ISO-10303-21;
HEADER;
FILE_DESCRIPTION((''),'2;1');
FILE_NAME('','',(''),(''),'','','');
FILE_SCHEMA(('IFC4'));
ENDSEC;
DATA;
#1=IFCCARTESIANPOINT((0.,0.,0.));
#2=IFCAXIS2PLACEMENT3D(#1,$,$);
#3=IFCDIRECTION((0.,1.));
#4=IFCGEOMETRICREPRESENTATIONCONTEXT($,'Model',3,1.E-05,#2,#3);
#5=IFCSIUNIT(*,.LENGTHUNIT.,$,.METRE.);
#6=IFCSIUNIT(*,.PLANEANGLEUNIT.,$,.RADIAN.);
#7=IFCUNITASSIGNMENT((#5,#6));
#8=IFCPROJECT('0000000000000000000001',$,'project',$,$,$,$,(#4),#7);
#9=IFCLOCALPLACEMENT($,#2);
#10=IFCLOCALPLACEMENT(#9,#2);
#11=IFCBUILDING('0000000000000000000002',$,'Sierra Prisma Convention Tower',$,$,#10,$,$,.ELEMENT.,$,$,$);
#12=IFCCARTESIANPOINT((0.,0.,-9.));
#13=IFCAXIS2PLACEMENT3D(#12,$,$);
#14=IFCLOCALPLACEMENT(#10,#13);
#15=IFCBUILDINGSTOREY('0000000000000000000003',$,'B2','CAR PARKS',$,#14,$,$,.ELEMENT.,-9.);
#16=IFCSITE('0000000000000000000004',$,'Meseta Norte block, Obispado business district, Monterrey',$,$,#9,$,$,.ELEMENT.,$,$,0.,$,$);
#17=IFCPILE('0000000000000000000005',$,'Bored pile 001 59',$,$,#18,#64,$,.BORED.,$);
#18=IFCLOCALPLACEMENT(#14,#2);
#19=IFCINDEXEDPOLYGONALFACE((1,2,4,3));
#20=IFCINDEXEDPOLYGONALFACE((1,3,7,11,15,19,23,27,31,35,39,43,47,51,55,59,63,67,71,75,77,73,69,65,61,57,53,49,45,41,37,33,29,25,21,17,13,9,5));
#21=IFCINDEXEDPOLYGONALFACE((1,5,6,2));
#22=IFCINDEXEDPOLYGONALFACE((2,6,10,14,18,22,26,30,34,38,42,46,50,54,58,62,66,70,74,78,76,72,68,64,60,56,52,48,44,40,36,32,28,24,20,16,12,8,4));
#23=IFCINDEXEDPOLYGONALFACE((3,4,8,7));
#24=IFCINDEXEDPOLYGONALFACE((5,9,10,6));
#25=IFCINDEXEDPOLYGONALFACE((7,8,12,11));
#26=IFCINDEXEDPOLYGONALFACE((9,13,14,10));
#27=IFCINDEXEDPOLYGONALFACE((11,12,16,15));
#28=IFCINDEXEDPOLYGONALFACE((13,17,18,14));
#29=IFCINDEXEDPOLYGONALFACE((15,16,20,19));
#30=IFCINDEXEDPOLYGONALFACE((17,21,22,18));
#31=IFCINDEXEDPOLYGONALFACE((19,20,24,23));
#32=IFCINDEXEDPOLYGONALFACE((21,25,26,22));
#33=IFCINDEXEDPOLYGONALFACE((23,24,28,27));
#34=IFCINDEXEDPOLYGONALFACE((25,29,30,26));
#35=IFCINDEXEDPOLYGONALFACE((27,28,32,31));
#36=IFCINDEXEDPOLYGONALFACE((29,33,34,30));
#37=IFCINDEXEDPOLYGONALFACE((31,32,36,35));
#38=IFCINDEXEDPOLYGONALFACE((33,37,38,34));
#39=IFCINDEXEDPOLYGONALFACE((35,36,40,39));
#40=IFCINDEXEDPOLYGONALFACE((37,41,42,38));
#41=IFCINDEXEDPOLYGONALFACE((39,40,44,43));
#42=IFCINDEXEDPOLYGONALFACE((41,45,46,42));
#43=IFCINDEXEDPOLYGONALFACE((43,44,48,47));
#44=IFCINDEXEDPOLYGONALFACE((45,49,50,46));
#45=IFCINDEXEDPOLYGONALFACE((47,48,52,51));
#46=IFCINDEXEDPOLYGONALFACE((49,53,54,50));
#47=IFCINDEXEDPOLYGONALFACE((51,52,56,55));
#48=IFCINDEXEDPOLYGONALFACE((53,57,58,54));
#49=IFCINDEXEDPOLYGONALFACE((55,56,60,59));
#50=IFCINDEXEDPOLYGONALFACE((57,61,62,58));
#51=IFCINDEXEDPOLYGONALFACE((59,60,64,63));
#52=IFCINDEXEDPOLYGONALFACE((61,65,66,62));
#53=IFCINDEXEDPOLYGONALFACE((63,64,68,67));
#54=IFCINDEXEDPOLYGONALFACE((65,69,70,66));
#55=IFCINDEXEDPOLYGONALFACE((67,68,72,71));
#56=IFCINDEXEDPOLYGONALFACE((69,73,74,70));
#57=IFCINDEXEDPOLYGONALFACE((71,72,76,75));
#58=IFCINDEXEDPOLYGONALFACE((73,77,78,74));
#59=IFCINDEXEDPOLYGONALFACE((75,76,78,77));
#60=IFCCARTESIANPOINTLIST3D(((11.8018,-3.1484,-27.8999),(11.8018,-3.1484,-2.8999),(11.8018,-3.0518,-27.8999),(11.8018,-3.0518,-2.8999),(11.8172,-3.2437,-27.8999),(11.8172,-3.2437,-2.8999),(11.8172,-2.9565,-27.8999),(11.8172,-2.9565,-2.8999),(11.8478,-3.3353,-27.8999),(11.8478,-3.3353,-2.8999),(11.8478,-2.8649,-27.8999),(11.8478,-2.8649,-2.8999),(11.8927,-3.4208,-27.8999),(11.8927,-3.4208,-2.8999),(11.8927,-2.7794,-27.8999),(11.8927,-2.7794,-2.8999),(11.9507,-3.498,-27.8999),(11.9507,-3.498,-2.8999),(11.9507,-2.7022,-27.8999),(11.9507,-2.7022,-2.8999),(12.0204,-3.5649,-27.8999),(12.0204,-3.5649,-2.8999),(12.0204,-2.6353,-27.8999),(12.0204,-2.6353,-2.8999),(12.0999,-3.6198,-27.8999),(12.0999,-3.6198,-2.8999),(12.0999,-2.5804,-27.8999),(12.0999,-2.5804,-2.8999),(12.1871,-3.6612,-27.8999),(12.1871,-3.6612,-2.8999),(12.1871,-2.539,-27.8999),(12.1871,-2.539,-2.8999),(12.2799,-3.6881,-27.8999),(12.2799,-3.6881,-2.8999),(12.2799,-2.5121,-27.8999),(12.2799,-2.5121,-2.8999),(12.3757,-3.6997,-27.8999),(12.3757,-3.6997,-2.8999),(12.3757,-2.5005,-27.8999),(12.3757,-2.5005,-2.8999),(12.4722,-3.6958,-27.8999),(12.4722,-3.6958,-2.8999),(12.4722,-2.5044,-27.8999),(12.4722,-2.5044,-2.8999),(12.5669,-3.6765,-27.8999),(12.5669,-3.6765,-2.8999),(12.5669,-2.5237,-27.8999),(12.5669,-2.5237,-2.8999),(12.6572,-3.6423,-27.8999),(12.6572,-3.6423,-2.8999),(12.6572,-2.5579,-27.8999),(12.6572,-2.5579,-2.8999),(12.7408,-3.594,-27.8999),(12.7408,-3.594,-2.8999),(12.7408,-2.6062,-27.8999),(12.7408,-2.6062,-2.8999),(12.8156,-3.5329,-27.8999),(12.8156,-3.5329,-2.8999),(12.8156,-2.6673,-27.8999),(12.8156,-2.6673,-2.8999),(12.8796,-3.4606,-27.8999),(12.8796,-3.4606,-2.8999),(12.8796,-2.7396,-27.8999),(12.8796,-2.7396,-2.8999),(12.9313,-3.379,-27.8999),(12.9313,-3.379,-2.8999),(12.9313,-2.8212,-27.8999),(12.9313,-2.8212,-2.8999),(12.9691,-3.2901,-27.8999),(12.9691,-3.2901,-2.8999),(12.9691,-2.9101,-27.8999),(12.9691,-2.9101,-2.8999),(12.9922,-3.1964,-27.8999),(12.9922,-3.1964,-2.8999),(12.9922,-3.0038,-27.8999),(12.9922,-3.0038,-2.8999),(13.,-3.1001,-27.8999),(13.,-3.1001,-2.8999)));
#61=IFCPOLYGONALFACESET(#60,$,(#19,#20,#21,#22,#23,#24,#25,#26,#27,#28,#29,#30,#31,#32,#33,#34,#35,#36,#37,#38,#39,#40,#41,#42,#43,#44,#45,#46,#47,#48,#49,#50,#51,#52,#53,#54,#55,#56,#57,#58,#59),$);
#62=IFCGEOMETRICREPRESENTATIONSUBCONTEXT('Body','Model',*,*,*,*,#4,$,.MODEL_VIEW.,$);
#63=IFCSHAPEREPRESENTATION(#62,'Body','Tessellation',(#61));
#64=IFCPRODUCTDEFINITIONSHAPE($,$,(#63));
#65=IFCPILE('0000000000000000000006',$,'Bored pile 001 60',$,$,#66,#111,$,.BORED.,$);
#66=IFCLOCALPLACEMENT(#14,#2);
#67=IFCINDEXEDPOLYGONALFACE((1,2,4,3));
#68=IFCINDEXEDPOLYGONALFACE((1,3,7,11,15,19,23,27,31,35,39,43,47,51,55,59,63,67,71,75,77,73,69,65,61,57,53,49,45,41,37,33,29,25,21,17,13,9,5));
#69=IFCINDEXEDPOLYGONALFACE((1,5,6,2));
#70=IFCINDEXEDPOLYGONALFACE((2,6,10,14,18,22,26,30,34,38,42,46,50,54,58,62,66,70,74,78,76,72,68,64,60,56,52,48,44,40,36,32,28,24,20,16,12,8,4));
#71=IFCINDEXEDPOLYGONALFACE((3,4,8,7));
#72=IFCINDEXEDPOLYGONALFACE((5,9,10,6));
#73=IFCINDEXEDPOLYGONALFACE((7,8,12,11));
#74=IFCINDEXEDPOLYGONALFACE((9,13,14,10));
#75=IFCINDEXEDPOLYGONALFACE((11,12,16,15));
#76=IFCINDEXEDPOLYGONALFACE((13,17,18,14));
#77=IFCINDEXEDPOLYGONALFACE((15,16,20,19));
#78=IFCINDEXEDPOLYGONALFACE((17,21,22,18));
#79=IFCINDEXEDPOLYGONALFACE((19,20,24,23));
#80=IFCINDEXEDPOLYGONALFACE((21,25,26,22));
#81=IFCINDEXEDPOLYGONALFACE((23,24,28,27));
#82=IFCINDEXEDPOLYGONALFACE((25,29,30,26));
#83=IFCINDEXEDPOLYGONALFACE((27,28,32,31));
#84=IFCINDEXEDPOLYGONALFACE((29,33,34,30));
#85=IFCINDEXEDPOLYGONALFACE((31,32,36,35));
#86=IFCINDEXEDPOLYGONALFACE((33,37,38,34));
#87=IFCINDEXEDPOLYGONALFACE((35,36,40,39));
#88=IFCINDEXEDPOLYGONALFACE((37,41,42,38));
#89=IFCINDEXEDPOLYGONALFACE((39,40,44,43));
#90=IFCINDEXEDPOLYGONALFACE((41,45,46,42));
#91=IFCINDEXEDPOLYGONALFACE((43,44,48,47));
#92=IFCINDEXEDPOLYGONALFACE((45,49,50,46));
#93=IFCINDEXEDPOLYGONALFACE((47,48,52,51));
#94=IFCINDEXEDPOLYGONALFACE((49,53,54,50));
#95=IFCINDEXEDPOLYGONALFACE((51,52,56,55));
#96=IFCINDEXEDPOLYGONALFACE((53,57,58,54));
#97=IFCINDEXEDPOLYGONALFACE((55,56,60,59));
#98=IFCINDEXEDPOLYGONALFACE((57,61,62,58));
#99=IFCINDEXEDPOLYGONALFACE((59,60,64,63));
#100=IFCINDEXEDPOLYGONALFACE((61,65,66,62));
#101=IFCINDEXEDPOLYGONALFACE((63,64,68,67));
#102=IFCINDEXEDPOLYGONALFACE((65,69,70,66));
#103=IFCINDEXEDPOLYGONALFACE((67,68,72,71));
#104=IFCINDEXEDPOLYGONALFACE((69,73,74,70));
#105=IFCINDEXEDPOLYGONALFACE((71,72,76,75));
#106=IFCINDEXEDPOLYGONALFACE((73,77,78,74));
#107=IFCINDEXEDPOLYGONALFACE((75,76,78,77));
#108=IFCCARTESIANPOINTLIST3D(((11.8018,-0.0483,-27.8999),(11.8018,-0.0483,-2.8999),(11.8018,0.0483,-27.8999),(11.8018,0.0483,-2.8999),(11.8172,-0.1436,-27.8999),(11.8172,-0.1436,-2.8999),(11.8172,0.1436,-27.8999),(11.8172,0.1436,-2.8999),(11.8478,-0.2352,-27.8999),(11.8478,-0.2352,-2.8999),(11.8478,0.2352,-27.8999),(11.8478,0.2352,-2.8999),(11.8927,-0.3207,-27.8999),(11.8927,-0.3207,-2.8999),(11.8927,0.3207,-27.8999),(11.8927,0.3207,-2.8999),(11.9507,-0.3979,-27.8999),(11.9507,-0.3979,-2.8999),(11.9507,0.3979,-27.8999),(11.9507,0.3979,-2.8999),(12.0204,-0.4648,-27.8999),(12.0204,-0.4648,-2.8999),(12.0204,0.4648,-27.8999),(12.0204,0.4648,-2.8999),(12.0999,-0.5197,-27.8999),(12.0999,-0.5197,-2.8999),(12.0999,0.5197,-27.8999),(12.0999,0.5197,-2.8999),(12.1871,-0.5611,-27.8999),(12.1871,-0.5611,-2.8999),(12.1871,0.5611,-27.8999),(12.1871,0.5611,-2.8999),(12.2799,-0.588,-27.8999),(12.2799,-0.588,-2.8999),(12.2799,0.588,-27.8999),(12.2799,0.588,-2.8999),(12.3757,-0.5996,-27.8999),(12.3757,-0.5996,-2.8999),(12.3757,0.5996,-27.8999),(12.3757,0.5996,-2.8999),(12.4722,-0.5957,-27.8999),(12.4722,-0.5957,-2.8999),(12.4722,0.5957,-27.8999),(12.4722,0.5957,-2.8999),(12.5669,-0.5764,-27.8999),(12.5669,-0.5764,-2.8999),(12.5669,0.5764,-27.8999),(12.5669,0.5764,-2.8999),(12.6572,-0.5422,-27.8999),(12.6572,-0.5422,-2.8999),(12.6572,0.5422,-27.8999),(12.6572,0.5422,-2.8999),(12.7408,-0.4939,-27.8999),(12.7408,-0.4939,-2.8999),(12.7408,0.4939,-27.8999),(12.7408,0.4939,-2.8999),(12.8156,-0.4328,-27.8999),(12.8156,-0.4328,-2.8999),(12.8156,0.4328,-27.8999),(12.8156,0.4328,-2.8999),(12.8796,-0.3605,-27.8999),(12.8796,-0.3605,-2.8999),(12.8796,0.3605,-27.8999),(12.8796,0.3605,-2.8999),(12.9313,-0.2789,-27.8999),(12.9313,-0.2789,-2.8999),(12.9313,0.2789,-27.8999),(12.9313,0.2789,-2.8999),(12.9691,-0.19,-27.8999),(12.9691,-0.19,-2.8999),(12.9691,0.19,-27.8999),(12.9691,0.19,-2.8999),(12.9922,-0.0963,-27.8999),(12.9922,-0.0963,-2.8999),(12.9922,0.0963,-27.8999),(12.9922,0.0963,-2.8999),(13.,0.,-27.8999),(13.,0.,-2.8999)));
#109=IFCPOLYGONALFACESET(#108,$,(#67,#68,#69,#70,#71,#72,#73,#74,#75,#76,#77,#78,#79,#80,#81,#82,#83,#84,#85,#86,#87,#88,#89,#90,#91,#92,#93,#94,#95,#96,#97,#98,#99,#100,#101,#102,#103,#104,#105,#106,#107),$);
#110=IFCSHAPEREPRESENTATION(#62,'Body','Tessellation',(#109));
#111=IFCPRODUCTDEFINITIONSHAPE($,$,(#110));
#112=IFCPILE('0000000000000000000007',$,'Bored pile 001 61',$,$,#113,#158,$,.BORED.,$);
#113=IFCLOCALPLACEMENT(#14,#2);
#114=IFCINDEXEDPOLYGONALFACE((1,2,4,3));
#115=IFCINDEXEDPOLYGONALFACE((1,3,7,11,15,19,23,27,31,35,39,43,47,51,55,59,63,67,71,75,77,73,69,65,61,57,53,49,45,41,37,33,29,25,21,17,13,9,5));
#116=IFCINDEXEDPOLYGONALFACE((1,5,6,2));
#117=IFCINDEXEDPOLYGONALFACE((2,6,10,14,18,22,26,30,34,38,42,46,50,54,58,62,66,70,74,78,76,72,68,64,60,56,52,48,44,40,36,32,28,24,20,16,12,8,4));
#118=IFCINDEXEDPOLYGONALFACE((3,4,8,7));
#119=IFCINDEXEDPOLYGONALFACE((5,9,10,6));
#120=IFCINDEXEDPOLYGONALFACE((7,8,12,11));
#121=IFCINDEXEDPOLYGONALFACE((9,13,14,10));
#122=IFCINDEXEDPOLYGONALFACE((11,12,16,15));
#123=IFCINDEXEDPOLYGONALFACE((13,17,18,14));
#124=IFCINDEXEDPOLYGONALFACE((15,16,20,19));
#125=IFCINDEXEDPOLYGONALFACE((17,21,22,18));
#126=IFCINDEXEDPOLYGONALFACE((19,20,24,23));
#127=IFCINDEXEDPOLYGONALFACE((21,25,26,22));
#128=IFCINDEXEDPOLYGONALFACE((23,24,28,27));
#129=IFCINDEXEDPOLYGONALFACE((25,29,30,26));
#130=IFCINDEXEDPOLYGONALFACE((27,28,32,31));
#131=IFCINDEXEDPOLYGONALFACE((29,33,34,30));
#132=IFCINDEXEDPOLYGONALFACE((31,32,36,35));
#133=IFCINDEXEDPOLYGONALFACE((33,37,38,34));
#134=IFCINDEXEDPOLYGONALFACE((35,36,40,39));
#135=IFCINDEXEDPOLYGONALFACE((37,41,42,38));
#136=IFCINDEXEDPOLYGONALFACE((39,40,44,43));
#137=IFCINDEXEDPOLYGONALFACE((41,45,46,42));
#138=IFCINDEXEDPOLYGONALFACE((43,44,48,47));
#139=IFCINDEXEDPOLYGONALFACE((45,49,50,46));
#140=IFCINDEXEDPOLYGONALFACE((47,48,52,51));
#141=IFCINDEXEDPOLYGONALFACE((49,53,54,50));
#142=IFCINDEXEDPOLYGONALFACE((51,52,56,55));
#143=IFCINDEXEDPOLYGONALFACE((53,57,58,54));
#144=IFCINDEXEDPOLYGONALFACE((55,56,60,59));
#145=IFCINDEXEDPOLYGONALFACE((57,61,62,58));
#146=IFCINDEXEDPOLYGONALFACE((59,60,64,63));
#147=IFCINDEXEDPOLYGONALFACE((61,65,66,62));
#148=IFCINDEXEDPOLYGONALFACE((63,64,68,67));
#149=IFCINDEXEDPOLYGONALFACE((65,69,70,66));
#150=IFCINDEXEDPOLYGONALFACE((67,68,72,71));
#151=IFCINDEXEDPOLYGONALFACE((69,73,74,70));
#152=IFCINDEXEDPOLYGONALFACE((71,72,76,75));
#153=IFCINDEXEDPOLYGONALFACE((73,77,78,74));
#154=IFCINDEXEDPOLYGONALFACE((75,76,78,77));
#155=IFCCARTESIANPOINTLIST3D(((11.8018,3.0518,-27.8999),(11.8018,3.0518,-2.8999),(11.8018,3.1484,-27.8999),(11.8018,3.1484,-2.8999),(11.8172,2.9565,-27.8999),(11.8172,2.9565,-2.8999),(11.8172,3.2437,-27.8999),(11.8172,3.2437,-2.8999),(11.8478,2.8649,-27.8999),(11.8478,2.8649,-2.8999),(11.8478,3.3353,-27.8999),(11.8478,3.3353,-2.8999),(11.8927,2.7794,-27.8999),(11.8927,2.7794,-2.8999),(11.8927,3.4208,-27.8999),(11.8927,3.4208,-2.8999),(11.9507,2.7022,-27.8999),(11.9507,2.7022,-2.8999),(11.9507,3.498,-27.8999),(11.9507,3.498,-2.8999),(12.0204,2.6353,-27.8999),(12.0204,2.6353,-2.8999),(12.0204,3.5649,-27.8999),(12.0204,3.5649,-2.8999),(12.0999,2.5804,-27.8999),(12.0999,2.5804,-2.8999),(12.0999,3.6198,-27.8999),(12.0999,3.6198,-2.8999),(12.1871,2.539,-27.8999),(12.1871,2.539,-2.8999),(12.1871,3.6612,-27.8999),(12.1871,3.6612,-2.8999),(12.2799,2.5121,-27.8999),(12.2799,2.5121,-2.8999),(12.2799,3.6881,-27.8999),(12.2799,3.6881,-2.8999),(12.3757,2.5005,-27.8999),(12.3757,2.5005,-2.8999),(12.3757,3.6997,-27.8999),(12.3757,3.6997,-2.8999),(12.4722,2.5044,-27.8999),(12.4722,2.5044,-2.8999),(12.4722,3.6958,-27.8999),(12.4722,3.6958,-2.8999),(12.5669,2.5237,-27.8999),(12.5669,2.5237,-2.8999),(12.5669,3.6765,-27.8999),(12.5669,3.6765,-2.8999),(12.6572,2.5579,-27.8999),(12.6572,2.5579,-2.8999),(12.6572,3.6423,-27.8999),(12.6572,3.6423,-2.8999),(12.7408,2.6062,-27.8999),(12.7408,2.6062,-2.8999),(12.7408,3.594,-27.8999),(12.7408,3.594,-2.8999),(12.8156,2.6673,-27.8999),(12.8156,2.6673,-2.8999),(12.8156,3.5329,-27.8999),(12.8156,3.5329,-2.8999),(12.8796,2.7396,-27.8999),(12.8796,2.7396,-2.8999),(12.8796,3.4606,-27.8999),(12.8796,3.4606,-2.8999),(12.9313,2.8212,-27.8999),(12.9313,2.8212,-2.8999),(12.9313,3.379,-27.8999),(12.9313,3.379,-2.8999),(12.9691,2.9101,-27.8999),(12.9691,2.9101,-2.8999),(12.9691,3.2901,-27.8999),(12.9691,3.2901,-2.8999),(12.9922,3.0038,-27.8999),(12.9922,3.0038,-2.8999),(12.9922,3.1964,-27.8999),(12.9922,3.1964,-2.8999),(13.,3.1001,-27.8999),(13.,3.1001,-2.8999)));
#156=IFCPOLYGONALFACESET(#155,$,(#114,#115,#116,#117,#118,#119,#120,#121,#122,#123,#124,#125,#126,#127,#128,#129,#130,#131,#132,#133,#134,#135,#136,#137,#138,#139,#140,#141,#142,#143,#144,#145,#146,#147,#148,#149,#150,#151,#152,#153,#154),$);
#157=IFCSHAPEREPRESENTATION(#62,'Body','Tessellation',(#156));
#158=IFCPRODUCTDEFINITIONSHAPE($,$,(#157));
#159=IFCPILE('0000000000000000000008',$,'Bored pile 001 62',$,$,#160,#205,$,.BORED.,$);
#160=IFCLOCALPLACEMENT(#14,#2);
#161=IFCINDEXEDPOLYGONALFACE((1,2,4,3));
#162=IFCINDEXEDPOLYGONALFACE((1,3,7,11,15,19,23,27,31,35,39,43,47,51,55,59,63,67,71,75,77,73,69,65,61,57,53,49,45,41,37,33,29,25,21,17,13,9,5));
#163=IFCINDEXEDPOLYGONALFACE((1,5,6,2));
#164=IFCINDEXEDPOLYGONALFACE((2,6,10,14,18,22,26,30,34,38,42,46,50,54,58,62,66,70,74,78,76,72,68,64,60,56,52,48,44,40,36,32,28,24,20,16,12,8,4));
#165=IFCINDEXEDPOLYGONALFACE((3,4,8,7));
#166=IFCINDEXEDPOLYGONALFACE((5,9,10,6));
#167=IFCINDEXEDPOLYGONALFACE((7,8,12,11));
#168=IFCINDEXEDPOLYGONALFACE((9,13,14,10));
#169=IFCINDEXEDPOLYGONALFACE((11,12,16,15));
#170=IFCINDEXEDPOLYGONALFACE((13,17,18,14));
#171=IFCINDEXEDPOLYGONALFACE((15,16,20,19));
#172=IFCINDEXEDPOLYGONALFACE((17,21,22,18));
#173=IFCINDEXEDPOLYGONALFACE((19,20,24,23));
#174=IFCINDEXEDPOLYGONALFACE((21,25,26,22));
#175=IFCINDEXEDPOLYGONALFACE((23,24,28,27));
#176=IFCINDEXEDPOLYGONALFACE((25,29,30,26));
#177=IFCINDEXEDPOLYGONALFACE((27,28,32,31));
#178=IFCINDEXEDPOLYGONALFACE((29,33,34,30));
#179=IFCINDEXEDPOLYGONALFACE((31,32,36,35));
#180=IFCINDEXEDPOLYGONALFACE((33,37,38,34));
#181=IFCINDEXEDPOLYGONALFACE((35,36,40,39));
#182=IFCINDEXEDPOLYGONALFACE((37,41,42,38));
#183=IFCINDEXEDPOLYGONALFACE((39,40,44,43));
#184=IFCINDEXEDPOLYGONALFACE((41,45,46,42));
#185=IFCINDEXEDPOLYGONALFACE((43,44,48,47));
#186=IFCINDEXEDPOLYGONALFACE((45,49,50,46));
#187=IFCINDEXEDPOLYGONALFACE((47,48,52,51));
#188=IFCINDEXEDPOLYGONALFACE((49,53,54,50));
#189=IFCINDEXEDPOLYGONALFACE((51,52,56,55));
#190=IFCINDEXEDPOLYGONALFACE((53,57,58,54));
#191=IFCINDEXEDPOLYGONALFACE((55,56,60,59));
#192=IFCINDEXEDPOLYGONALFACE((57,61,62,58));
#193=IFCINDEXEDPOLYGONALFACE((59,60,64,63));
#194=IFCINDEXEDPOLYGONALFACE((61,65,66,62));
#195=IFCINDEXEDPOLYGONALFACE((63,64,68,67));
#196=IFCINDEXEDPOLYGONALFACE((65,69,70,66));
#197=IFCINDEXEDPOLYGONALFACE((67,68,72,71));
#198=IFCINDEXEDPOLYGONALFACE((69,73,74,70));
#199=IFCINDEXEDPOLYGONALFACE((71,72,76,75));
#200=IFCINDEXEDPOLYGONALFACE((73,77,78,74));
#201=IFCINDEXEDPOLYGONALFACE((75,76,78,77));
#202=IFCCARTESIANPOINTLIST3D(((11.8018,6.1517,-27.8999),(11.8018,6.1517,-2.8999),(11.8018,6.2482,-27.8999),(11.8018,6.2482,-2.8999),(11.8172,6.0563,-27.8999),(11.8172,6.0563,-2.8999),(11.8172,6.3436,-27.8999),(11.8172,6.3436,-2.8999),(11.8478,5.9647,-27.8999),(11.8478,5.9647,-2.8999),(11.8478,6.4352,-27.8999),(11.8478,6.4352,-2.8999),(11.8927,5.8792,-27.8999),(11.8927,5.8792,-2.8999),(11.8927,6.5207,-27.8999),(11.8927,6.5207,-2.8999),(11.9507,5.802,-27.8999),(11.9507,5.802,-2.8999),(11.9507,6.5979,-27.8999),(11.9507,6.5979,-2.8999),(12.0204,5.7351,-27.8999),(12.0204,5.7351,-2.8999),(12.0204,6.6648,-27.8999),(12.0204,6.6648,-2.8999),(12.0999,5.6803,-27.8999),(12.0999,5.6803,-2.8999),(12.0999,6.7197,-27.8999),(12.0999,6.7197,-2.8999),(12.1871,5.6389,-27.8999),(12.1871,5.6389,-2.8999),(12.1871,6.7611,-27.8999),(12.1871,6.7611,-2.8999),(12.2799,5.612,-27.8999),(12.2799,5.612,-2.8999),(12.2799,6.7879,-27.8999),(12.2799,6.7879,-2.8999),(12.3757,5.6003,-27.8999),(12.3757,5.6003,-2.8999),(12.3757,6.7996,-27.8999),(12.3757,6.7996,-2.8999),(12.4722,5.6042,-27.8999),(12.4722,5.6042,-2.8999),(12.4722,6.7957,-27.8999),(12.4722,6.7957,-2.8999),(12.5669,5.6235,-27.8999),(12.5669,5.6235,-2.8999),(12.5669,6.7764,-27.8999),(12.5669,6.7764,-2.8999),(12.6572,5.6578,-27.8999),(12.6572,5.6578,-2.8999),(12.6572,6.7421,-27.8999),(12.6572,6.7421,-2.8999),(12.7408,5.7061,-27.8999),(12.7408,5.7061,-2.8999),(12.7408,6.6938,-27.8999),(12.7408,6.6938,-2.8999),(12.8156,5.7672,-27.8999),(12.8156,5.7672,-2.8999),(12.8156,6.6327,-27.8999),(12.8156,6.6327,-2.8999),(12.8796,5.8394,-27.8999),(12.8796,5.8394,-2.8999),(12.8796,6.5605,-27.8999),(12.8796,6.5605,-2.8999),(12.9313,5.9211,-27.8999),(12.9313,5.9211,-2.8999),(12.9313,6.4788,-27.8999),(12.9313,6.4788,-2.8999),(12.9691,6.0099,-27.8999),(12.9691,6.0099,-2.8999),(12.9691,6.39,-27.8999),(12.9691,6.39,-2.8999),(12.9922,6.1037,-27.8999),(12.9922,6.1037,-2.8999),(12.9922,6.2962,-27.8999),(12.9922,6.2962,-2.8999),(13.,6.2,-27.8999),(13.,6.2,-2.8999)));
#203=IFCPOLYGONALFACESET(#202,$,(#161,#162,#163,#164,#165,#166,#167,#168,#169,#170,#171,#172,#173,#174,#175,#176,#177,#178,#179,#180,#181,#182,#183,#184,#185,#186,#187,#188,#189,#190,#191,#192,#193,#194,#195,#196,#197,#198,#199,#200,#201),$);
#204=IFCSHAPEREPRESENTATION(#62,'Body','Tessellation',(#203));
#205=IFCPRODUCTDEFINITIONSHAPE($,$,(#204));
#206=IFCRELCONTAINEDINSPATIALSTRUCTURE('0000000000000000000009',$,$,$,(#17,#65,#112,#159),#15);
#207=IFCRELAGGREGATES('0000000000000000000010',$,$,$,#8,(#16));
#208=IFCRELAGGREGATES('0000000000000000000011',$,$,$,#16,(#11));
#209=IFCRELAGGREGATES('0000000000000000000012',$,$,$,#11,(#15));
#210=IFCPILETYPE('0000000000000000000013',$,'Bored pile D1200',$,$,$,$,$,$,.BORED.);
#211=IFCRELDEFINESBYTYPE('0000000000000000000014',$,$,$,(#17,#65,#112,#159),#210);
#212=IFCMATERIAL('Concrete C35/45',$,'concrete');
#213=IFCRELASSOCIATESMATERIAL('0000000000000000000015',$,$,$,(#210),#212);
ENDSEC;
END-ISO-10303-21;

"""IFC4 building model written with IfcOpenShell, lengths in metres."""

from ifc_helpers import new_model, si_unit, direction, frame, origin, origin_2d, place, context, subcontext, project, spatial, circle, extrude, material, material_profile, profile_set, type_object, element, save


model = new_model("IFC4")

# Units and contexts
model_context = context("Model", 3, precision=1e-05, world=origin(), true_north=direction((0.0, 1.0)))
body_context = subcontext(model_context, "Body", "Model", "MODEL_VIEW")
ifc_project = project(units=[si_unit("LENGTHUNIT", "METRE"), si_unit("PLANEANGLEUNIT", "RADIAN")], contexts=[model_context])

# Site, building, storey
site_placement = place(None, origin())
site = spatial("IfcSite", under=ifc_project, at=site_placement, Name="Meseta Norte block, Obispado business district, Monterrey", CompositionType="ELEMENT", RefElevation=0.0)
building_placement = place(site_placement, origin())
building = spatial("IfcBuilding", under=site, at=building_placement, Name="Sierra Prisma Convention Tower", CompositionType="ELEMENT")
storey_placement = place(building_placement, frame((0.0, 0.0, -9.0)))
storey = spatial("IfcBuildingStorey", under=building, at=storey_placement, Name="B2", Description="CAR PARKS", CompositionType="ELEMENT", Elevation=-9.0)

# Piles
ifc_material_1 = material(Name="Concrete C35/45", Category="concrete")
ifc_material_profile_1 = material_profile(ifc_material_1, circle(Radius=0.6001, at=origin_2d()), Name="D1200")
ifc_profile_set_1 = profile_set([ifc_material_profile_1], Name="Concrete C35/45")
pile_type_1 = type_object("IfcPileType", Name="Bored pile D1200", PredefinedType="BORED", material=ifc_profile_set_1)
for number, where, z_axis, x_axis, name in (
    (1, (12.3999, -3.1001, -2.8999), (0.0, 0.0, -1.0), (1.0, 0.0, 0.0), "Bored pile 001 59"),
    (2, (12.3999, 0.0, -2.8999), (0.0, 0.0, -1.0), (1.0, 0.0, 0.0), "Bored pile 001 60"),
    (3, (12.3999, 3.1001, -2.8999), (0.0, 0.0, -1.0), (1.0, 0.0, 0.0), "Bored pile 001 61"),
    (4, (12.3999, 6.2, -2.8999), (0.0, 0.0, -1.0), (1.0, 0.0, 0.0), "Bored pile 001 62"),
):
    element("IfcPile", number, at=place(storey_placement, frame(where, z_axis=z_axis, x_axis=x_axis)), inside=storey, type_object=pile_type_1, Name=name, PredefinedType="BORED", context=body_context, shape_type="SweptSolid", body=[
        extrude(circle(Radius=0.6001, at=origin_2d()), origin(), (0.0, 0.0, 1.0), 25.0),
    ])

save(model, "model.ifc")
